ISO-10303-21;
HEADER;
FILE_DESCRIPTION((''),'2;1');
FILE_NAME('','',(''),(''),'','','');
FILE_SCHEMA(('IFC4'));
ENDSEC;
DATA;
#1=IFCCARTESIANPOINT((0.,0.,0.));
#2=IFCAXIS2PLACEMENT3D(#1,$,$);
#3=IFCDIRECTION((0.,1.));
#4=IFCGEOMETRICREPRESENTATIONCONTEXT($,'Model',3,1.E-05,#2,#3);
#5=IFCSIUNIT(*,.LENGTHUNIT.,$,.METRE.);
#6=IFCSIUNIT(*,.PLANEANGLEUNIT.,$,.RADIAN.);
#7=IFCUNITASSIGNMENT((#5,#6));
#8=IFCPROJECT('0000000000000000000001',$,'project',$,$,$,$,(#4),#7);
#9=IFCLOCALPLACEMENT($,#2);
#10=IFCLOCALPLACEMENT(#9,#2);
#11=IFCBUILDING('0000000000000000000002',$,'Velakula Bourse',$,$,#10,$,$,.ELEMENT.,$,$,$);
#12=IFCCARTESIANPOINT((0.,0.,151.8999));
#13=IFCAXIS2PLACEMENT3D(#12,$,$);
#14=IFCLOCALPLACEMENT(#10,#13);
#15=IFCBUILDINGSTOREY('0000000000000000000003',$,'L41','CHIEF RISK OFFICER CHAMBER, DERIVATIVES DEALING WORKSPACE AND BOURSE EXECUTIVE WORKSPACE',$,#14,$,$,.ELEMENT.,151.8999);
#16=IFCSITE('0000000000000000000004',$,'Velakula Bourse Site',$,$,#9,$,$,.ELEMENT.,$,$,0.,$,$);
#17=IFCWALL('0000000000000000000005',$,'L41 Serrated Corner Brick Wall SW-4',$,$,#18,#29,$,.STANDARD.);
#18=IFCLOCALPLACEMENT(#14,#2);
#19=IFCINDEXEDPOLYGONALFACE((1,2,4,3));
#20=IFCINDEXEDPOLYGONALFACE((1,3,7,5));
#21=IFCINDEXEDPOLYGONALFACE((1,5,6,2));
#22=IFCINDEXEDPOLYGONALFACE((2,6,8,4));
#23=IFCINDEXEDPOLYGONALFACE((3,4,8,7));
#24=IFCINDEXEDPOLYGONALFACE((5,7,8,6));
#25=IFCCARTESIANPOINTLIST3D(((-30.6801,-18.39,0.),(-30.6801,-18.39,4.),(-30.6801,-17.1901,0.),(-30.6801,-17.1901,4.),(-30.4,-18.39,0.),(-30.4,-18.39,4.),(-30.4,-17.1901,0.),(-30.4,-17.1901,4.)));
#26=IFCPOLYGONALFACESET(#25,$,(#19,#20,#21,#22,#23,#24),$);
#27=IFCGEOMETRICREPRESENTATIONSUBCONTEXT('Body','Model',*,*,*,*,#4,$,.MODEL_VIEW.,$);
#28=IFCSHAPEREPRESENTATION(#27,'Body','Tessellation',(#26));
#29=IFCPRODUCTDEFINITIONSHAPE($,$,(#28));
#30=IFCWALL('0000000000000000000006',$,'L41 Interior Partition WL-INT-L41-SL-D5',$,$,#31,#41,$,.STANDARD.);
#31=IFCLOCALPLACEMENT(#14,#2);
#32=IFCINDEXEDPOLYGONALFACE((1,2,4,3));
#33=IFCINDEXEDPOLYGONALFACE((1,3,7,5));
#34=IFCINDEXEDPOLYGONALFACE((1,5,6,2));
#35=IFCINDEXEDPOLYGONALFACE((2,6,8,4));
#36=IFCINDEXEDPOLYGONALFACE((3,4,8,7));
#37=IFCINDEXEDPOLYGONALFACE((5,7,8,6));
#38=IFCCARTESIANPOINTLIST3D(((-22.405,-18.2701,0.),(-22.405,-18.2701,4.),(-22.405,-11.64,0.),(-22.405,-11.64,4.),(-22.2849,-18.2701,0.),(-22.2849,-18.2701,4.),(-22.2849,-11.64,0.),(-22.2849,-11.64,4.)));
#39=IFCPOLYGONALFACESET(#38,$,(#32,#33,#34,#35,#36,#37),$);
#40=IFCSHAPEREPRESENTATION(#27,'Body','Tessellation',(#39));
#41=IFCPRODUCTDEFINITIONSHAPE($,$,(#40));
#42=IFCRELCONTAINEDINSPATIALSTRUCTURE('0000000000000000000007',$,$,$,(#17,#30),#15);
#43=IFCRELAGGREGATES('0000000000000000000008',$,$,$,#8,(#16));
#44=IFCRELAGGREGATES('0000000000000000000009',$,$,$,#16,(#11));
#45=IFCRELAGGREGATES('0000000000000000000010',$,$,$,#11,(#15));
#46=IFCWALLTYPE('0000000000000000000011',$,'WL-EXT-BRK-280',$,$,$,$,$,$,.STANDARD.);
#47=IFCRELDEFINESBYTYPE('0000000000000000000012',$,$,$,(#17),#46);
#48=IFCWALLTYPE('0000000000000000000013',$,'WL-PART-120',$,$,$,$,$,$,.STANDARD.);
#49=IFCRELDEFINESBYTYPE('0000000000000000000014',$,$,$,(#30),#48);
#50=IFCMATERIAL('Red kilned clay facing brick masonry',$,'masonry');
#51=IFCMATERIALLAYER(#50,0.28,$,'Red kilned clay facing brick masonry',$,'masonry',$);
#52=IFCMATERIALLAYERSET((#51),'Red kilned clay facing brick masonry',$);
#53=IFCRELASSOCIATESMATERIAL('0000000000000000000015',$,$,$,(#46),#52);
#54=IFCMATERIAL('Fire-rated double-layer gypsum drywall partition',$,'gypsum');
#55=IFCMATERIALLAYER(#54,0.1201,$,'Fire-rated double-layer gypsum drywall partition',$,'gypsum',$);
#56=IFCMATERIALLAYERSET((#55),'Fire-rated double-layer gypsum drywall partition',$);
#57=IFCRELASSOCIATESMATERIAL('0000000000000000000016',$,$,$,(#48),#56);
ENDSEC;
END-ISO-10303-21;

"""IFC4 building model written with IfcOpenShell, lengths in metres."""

from ifc_helpers import new_model, si_unit, direction, frame, frame_2d, origin, place, context, subcontext, project, spatial, rectangle, extrude, material, layer, layer_set, type_object, element, save


model = new_model("IFC4")

# Units and contexts
model_context = context("Model", 3, precision=1e-05, world=origin(), true_north=direction((0.0, 1.0)))
body_context = subcontext(model_context, "Body", "Model", "MODEL_VIEW")
ifc_project = project(units=[si_unit("LENGTHUNIT", "METRE"), si_unit("PLANEANGLEUNIT", "RADIAN")], contexts=[model_context])

# Site, building, storey
site_placement = place(None, origin())
site = spatial("IfcSite", under=ifc_project, at=site_placement, Name="Velakula Bourse Site", CompositionType="ELEMENT", RefElevation=0.0)
building_placement = place(site_placement, origin())
building = spatial("IfcBuilding", under=site, at=building_placement, Name="Velakula Bourse", CompositionType="ELEMENT")
storey_placement = place(building_placement, frame((0.0, 0.0, 151.8999)))
storey = spatial("IfcBuildingStorey", under=building, at=storey_placement, Name="L41", Description="CHIEF RISK OFFICER CHAMBER, DERIVATIVES DEALING WORKSPACE AND BOURSE EXECUTIVE WORKSPACE", CompositionType="ELEMENT", Elevation=151.8999)

# Shared definitions
ifc_material_1 = material(Name="Red kilned clay facing brick masonry", Category="masonry")
ifc_layer_1 = layer(ifc_material_1, 0.28, Name="Red kilned clay facing brick masonry", Category="masonry")
ifc_layer_set_1 = layer_set([ifc_layer_1], Name="Red kilned clay facing brick masonry")
wall_type_1 = type_object("IfcWallType", Name="WL-EXT-BRK-280", PredefinedType="STANDARD", material=ifc_layer_set_1)

# Walls
for number, where, z_axis, x_axis, name in (
    (1, (-30.54, -17.1899, 0.0), (0.0, 0.0, 1.0), (0.0, -1.0, 0.0), "L41 Serrated Corner Brick Wall SW-4"),
):
    element("IfcWall", number, at=place(storey_placement, frame(where, z_axis=z_axis, x_axis=x_axis)), inside=storey, type_object=wall_type_1, Name=name, PredefinedType="STANDARD", context=body_context, shape_type="SweptSolid", body=[
        extrude(rectangle(XDim=1.2, YDim=0.28, at=frame_2d((0.6001, 0.0))), origin(), (0.0, 0.0, 1.0), 4.0),
    ])
ifc_material_2 = material(Name="Fire-rated double-layer gypsum drywall partition", Category="gypsum")
ifc_layer_2 = layer(ifc_material_2, 0.1201, Name="Fire-rated double-layer gypsum drywall partition", Category="gypsum")
ifc_layer_set_2 = layer_set([ifc_layer_2], Name="Fire-rated double-layer gypsum drywall partition")
wall_type_2 = type_object("IfcWallType", Name="WL-PART-120", PredefinedType="STANDARD", material=ifc_layer_set_2)
wall_1_placement = place(storey_placement, frame((-22.345, -18.27, 0.0), z_axis=(0.0, 0.0, 1.0), x_axis=(0.0, 1.0, 0.0)))
element("IfcWall", 2, at=wall_1_placement, inside=storey, type_object=wall_type_2, Name="L41 Interior Partition WL-INT-L41-SL-D5", PredefinedType="STANDARD", context=body_context, shape_type="SweptSolid", body=[
    extrude(rectangle(XDim=6.6301, YDim=0.1201, at=frame_2d((3.3149, 0.0))), origin(), (0.0, 0.0, 1.0), 4.0),
])

save(model, "model.ifc")
